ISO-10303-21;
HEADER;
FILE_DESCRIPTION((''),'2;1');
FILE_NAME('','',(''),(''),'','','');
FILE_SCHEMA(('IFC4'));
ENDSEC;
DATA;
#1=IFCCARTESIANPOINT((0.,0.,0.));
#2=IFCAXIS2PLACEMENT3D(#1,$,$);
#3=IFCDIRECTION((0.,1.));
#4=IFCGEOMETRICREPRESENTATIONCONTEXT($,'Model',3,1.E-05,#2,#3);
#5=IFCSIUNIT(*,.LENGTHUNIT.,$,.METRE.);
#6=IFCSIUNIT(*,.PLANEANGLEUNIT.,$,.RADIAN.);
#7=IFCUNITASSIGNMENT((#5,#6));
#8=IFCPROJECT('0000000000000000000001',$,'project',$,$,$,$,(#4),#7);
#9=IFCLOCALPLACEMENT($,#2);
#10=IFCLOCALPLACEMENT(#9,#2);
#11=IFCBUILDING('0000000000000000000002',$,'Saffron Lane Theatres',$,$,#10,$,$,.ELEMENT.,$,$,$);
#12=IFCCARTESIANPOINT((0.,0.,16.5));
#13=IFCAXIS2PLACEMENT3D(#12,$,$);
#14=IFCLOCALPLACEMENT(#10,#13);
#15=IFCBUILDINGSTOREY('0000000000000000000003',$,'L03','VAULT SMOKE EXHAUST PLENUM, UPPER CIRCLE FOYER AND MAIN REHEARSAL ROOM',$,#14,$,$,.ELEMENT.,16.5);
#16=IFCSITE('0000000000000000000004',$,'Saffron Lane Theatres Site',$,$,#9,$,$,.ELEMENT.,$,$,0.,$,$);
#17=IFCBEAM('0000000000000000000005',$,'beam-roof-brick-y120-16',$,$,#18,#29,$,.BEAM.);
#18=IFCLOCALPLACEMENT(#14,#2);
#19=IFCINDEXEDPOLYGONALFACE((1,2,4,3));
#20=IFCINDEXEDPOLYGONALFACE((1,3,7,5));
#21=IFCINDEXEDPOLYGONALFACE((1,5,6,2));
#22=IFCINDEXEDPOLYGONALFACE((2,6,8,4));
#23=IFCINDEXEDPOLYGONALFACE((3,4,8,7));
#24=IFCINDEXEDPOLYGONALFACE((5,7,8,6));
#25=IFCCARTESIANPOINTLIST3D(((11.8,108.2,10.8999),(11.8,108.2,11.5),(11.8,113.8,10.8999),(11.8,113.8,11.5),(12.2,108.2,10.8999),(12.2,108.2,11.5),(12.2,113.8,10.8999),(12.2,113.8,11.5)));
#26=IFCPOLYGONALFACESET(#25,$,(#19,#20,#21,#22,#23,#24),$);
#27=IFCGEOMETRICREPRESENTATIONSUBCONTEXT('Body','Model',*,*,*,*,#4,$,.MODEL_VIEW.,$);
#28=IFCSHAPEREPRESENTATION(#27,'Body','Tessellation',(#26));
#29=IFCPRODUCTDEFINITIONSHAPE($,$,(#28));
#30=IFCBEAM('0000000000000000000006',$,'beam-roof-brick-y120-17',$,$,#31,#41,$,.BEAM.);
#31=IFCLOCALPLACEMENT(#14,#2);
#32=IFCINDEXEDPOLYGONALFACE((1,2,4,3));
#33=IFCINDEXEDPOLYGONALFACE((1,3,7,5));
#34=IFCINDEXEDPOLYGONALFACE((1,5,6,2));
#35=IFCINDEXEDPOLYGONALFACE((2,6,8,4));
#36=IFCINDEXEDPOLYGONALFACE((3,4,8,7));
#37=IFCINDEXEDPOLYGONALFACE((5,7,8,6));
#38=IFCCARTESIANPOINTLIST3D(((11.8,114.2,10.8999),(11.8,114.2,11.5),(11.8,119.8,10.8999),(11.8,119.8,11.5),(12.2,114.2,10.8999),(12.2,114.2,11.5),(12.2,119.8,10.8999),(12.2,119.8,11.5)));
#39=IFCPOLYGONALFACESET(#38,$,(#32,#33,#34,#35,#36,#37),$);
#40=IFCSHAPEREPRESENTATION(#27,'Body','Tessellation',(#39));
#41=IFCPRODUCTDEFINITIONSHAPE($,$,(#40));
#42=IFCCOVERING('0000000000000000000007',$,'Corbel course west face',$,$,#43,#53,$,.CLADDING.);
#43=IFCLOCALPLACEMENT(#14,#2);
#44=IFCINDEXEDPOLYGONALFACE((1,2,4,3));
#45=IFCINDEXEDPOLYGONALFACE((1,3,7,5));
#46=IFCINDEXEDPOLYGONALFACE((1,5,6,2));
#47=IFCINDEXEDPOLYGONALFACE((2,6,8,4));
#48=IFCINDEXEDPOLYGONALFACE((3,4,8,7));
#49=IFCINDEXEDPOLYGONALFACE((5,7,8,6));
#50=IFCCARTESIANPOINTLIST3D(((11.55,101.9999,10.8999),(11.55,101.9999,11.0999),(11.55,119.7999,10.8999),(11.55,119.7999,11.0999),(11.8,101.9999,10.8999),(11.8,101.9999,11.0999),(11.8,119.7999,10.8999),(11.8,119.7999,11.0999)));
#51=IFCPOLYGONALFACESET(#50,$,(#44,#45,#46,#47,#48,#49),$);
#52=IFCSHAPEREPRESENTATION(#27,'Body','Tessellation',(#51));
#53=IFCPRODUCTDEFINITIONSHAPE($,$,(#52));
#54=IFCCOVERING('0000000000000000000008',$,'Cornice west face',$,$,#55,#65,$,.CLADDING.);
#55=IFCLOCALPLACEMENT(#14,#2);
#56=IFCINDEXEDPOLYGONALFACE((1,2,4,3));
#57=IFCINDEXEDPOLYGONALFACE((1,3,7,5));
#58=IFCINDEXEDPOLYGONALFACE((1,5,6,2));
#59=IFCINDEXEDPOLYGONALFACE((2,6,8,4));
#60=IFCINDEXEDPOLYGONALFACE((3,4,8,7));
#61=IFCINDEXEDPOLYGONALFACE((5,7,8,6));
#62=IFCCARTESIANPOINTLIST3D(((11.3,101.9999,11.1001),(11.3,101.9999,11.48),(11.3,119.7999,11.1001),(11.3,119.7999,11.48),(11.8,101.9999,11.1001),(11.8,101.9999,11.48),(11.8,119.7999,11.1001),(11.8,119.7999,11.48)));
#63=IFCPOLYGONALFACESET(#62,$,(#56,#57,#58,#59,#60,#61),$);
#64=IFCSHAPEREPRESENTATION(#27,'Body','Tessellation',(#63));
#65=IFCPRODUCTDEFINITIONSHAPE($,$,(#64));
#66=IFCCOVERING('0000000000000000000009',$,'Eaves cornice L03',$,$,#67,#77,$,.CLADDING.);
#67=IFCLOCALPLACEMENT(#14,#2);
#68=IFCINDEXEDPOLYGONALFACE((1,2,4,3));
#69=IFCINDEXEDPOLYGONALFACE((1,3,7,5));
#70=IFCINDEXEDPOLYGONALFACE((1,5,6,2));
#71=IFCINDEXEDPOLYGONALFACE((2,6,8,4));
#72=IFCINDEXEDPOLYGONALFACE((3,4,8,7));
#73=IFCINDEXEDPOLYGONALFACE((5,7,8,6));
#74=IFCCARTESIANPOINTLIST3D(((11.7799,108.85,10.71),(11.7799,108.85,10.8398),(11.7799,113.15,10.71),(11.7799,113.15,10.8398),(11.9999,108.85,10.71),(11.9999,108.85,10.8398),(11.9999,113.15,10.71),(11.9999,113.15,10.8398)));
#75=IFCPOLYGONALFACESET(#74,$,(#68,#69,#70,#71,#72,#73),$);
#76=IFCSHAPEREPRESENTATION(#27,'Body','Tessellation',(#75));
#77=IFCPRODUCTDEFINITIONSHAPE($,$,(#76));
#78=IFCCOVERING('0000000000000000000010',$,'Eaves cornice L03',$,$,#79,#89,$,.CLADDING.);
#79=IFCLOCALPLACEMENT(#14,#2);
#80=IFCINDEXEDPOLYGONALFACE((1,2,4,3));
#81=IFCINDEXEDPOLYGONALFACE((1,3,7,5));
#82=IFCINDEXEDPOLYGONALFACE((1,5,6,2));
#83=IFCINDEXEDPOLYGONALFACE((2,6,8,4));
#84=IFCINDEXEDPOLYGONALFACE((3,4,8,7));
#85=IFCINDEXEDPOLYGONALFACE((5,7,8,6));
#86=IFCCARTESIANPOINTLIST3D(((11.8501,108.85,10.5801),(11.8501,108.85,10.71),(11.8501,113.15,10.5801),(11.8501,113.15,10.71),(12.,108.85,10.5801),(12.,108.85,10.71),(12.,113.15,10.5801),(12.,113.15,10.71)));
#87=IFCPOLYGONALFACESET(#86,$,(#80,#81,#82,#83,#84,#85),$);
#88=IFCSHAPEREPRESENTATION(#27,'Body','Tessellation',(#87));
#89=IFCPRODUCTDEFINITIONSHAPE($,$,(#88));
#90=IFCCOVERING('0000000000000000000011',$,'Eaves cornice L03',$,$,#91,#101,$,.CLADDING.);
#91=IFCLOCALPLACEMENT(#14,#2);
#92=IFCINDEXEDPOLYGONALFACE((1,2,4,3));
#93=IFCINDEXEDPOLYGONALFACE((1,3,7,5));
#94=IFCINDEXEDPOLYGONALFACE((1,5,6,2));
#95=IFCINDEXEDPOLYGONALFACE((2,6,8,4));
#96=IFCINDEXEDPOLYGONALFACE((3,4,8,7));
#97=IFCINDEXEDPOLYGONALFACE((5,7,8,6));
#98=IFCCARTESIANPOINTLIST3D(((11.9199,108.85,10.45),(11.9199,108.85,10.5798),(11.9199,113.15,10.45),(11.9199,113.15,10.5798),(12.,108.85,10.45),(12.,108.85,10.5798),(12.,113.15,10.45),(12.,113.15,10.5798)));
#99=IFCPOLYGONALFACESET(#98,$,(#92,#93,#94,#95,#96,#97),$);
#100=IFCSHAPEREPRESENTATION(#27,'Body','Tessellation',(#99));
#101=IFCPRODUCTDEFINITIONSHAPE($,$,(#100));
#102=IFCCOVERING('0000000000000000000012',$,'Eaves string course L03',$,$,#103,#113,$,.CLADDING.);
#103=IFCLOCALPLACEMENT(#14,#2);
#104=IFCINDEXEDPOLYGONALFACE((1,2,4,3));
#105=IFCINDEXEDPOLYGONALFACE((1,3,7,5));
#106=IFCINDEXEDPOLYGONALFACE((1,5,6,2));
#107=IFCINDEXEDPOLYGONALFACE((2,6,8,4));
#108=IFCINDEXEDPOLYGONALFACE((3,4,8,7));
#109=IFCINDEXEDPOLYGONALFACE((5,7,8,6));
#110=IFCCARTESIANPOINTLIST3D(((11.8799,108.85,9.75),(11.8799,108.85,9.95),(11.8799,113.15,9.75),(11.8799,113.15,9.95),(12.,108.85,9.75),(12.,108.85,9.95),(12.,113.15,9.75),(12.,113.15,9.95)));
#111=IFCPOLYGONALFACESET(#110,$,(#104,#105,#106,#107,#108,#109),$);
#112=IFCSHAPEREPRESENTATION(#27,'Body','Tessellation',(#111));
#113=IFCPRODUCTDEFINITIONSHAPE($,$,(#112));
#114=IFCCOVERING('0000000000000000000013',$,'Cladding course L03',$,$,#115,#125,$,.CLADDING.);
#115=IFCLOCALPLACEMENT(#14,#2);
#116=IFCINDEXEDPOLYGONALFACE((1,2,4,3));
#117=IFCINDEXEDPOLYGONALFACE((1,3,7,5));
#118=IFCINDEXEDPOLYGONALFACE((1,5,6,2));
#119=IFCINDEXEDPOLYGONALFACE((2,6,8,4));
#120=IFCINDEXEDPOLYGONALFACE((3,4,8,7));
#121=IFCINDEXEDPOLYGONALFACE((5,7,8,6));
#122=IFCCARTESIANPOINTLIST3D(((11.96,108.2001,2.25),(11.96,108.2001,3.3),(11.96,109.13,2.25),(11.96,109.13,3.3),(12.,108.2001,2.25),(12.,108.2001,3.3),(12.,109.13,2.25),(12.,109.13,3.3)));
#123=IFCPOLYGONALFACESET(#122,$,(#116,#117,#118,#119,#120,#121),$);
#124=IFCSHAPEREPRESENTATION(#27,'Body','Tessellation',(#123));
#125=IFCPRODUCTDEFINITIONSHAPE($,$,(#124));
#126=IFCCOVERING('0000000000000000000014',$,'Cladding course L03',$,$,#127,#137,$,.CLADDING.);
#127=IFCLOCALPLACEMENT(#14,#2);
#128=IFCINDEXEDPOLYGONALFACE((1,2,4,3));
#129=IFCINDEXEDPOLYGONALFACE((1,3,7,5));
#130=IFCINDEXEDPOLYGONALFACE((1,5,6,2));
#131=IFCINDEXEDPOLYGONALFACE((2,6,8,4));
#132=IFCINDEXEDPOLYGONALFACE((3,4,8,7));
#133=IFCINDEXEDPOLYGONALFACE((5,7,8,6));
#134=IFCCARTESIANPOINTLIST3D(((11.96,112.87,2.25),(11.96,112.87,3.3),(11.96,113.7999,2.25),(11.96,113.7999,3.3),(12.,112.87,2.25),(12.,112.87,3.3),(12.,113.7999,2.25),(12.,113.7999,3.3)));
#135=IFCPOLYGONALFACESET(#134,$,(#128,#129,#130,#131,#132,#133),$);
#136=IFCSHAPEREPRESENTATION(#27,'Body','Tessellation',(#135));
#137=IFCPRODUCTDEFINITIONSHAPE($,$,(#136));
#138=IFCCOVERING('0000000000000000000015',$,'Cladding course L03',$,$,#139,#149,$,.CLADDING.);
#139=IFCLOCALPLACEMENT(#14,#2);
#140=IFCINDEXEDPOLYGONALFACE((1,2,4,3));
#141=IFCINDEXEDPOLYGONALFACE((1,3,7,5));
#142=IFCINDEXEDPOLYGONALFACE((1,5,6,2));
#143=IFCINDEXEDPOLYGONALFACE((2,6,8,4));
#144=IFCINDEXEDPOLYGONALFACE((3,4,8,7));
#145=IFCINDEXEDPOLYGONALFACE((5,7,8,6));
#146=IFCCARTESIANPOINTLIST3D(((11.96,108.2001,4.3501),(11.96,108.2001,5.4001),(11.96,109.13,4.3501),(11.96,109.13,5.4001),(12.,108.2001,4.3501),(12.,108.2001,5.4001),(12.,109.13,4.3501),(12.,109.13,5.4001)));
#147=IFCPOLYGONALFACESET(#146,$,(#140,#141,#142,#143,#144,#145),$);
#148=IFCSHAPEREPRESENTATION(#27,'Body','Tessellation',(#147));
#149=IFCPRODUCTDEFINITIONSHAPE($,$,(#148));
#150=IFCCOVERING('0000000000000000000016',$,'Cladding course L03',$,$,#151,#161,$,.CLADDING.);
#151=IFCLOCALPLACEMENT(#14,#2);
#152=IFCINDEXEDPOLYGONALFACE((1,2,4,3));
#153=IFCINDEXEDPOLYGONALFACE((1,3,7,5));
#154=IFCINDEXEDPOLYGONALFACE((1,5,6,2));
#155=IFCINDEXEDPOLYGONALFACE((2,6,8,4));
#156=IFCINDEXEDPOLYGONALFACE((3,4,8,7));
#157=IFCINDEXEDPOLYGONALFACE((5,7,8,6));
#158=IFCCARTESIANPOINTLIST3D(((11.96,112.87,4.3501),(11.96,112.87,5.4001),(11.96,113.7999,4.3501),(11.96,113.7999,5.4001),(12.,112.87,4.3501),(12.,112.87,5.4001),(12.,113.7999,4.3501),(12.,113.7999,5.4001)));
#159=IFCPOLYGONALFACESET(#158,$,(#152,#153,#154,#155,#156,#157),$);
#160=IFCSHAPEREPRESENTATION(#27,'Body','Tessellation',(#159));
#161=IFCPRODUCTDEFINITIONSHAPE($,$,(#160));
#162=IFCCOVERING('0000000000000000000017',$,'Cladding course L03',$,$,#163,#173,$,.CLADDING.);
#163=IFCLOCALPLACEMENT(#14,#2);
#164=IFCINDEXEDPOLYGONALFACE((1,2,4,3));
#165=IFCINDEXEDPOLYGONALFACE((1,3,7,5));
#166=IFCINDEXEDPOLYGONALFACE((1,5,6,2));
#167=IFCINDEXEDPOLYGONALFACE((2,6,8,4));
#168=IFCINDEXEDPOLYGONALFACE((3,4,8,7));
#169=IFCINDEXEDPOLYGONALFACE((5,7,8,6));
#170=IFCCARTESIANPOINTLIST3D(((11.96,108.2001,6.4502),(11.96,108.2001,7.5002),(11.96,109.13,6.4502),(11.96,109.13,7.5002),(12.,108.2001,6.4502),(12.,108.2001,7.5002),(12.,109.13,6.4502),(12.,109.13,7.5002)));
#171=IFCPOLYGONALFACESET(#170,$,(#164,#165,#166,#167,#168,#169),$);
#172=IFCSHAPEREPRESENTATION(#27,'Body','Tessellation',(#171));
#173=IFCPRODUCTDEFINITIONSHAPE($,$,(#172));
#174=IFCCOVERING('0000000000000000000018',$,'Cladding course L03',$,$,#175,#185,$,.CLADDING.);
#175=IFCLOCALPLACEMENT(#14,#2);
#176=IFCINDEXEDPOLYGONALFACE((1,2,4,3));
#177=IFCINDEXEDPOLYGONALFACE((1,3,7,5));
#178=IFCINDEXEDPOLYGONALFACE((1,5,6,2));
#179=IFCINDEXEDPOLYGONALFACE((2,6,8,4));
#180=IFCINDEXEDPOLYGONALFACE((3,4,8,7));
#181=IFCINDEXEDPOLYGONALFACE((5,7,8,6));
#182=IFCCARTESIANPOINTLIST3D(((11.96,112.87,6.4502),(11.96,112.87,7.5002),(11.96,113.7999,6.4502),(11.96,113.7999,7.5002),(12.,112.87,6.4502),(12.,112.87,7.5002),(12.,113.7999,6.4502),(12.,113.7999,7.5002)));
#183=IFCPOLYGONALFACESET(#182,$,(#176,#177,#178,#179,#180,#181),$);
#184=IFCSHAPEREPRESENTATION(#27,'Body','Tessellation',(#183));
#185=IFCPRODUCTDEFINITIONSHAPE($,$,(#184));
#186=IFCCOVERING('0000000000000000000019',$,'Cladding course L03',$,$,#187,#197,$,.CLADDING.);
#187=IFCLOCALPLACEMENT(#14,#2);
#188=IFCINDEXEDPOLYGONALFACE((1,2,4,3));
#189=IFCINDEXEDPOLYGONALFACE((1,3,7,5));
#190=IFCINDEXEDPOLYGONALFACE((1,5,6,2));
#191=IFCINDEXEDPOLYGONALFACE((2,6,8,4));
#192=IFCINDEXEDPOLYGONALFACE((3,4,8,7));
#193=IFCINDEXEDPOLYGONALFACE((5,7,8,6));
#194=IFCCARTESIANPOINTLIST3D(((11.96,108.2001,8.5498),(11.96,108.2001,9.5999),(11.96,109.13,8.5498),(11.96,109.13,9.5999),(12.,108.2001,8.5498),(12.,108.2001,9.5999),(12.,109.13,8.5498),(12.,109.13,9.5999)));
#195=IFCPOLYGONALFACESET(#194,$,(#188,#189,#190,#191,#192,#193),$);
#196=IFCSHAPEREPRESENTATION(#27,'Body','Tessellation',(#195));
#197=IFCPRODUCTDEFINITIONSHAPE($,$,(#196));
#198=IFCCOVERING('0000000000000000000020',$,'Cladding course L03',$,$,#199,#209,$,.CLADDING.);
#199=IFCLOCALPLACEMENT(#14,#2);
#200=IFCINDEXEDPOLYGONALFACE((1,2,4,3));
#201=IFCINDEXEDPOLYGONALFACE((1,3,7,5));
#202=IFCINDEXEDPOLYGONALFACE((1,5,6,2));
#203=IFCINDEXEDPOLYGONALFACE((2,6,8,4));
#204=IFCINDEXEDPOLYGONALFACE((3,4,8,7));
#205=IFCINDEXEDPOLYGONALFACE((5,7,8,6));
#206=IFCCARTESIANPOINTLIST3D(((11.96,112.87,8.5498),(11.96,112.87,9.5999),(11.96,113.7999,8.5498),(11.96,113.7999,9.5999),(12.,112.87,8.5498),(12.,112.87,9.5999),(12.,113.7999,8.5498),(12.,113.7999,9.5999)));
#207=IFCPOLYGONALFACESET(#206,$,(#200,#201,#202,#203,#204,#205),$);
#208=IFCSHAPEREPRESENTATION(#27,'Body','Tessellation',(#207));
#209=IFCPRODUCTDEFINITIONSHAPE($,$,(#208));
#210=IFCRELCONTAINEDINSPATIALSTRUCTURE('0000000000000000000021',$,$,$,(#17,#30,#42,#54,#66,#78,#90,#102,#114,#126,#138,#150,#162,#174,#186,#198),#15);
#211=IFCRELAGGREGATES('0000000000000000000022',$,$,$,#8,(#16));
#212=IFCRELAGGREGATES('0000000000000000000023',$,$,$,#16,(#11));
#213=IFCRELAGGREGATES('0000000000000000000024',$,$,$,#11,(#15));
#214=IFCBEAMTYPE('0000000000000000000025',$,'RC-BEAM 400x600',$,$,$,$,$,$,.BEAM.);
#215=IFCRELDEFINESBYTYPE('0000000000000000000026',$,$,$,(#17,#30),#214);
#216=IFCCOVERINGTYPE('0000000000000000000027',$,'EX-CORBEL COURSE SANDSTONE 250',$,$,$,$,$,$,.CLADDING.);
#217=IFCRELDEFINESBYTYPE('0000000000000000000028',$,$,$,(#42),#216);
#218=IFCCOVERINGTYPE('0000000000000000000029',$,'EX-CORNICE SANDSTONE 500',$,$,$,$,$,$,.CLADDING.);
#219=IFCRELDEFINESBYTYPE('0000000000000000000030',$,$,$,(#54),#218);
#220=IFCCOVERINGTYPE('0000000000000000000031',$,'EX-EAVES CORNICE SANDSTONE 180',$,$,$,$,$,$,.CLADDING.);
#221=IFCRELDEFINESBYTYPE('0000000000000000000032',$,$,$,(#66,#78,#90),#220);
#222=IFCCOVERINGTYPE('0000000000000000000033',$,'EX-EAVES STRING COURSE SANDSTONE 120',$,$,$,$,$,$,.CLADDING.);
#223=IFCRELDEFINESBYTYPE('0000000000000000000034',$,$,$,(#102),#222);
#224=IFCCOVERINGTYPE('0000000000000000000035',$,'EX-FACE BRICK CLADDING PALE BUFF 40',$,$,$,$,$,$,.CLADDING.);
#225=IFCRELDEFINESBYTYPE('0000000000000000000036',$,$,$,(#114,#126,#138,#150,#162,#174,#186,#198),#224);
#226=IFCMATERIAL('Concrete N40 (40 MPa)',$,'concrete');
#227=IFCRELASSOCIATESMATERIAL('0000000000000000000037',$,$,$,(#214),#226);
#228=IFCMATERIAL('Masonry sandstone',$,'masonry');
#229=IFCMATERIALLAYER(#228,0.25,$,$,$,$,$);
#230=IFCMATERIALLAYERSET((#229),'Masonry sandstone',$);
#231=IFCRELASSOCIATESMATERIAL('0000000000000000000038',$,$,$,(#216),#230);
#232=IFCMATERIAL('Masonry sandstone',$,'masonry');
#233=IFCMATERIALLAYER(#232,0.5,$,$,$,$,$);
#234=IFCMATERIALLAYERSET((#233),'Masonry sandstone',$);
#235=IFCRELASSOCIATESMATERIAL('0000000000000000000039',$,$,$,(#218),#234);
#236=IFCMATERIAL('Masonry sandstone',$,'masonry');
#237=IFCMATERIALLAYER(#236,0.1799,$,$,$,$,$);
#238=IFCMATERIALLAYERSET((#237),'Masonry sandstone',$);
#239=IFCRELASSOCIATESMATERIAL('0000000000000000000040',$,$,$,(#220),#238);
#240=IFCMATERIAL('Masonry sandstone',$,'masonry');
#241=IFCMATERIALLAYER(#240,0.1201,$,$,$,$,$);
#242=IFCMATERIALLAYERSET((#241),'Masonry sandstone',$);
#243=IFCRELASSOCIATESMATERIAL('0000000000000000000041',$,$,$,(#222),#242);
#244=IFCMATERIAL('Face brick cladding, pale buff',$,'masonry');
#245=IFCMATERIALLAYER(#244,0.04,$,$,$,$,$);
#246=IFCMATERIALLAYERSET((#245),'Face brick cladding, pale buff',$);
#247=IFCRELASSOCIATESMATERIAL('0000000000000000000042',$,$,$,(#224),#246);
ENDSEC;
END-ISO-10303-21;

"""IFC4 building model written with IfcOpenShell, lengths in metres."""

from ifc_helpers import new_model, si_unit, direction, frame, origin, origin_2d, place, context, subcontext, project, spatial, rectangle, extrude, material, layer, layer_set, material_profile, profile_set, type_object, element, save


model = new_model("IFC4")

# Units and contexts
model_context = context("Model", 3, precision=1e-05, world=origin(), true_north=direction((0.0, 1.0)))
body_context = subcontext(model_context, "Body", "Model", "MODEL_VIEW")
ifc_project = project(units=[si_unit("LENGTHUNIT", "METRE"), si_unit("PLANEANGLEUNIT", "RADIAN")], contexts=[model_context])

# Site, building, storey
site_placement = place(None, origin())
site = spatial("IfcSite", under=ifc_project, at=site_placement, Name="Saffron Lane Theatres Site", CompositionType="ELEMENT", RefElevation=0.0)
building_placement = place(site_placement, origin())
building = spatial("IfcBuilding", under=site, at=building_placement, Name="Saffron Lane Theatres", CompositionType="ELEMENT")
storey_placement = place(building_placement, frame((0.0, 0.0, 16.5)))
storey = spatial("IfcBuildingStorey", under=building, at=storey_placement, Name="L03", Description="VAULT SMOKE EXHAUST PLENUM, UPPER CIRCLE FOYER AND MAIN REHEARSAL ROOM", CompositionType="ELEMENT", Elevation=16.5)

# Beams
ifc_material_1 = material(Name="Concrete N40 (40 MPa)", Category="concrete")
ifc_material_profile = material_profile(ifc_material_1, rectangle(XDim=0.3999, YDim=0.6001, at=origin_2d()))
ifc_profile_set = profile_set([ifc_material_profile], Name="Concrete N40 (40 MPa)")
beam_type = type_object("IfcBeamType", Name="RC-BEAM 400x600", PredefinedType="BEAM", material=ifc_profile_set)
for number, where, z_axis, x_axis, name in (
    (1, (12.0, 108.2, 11.2), (0.0, 1.0, 0.0), (-1.0, 0.0, 0.0), "beam-roof-brick-y120-16"),
    (2, (12.0, 114.2, 11.2), (0.0, 1.0, 0.0), (-1.0, 0.0, 0.0), "beam-roof-brick-y120-17"),
):
    element("IfcBeam", number, at=place(storey_placement, frame(where, z_axis=z_axis, x_axis=x_axis)), inside=storey, type_object=beam_type, Name=name, PredefinedType="BEAM", context=body_context, shape_type="SweptSolid", body=[
        extrude(rectangle(XDim=0.3999, YDim=0.6001, at=origin_2d()), origin(), (0.0, 0.0, 1.0), 5.6001),
    ])

# Coverings
ifc_material_2 = material(Name="Masonry sandstone", Category="masonry")
ifc_layer_1 = layer(ifc_material_2, 0.25)
ifc_layer_set_1 = layer_set([ifc_layer_1], Name="Masonry sandstone")
covering_type_1 = type_object("IfcCoveringType", Name="EX-CORBEL COURSE SANDSTONE 250", PredefinedType="CLADDING", material=ifc_layer_set_1)
covering_1_placement = place(storey_placement, frame((11.675, 110.8999, 10.8999), z_axis=(0.0, 0.0, 1.0), x_axis=(0.0, 1.0, 0.0)))
element("IfcCovering", 3, at=covering_1_placement, inside=storey, type_object=covering_type_1, Name="Corbel course west face", PredefinedType="CLADDING", context=body_context, shape_type="SweptSolid", body=[
    extrude(rectangle(XDim=17.8, YDim=0.25, at=origin_2d()), origin(), (0.0, 0.0, 1.0), 0.2),
])
ifc_material_3 = material(Name="Masonry sandstone", Category="masonry")
ifc_layer_2 = layer(ifc_material_3, 0.5)
ifc_layer_set_2 = layer_set([ifc_layer_2], Name="Masonry sandstone")
covering_type_2 = type_object("IfcCoveringType", Name="EX-CORNICE SANDSTONE 500", PredefinedType="CLADDING", material=ifc_layer_set_2)
covering_2_placement = place(storey_placement, frame((11.55, 110.8999, 11.1001), z_axis=(0.0, 0.0, 1.0), x_axis=(0.0, 1.0, 0.0)))
element("IfcCovering", 4, at=covering_2_placement, inside=storey, type_object=covering_type_2, Name="Cornice west face", PredefinedType="CLADDING", context=body_context, shape_type="SweptSolid", body=[
    extrude(rectangle(XDim=17.8, YDim=0.5, at=origin_2d()), origin(), (0.0, 0.0, 1.0), 0.3799),
])
ifc_material_4 = material(Name="Masonry sandstone", Category="masonry")
ifc_layer_3 = layer(ifc_material_4, 0.1799)
ifc_layer_set_3 = layer_set([ifc_layer_3], Name="Masonry sandstone")
covering_type_3 = type_object("IfcCoveringType", Name="EX-EAVES CORNICE SANDSTONE 180", PredefinedType="CLADDING", material=ifc_layer_set_3)
covering_3_placement = place(storey_placement, frame((11.8899, 111.0, 10.71), z_axis=(0.0, 0.0, 1.0), x_axis=(0.0, 1.0, 0.0)))
element("IfcCovering", 5, at=covering_3_placement, inside=storey, type_object=covering_type_3, Name="Eaves cornice L03", PredefinedType="CLADDING", context=body_context, shape_type="SweptSolid", body=[
    extrude(rectangle(XDim=4.3, YDim=0.22, at=origin_2d()), origin(), (0.0, 0.0, 1.0), 0.1299),
])
covering_4_placement = place(storey_placement, frame((11.925, 111.0, 10.5801), z_axis=(0.0, 0.0, 1.0), x_axis=(0.0, 1.0, 0.0)))
element("IfcCovering", 6, at=covering_4_placement, inside=storey, type_object=covering_type_3, Name="Eaves cornice L03", PredefinedType="CLADDING", context=body_context, shape_type="SweptSolid", body=[
    extrude(rectangle(XDim=4.3, YDim=0.1499, at=origin_2d()), origin(), (0.0, 0.0, 1.0), 0.1299),
])
covering_5_placement = place(storey_placement, frame((11.96, 111.0, 10.45), z_axis=(0.0, 0.0, 1.0), x_axis=(0.0, 1.0, 0.0)))
element("IfcCovering", 7, at=covering_5_placement, inside=storey, type_object=covering_type_3, Name="Eaves cornice L03", PredefinedType="CLADDING", context=body_context, shape_type="SweptSolid", body=[
    extrude(rectangle(XDim=4.3, YDim=0.0801, at=origin_2d()), origin(), (0.0, 0.0, 1.0), 0.1299),
])
ifc_material_5 = material(Name="Masonry sandstone", Category="masonry")
ifc_layer_4 = layer(ifc_material_5, 0.1201)
ifc_layer_set_4 = layer_set([ifc_layer_4], Name="Masonry sandstone")
covering_type_4 = type_object("IfcCoveringType", Name="EX-EAVES STRING COURSE SANDSTONE 120", PredefinedType="CLADDING", material=ifc_layer_set_4)
covering_6_placement = place(storey_placement, frame((11.9399, 111.0, 9.75), z_axis=(0.0, 0.0, 1.0), x_axis=(0.0, 1.0, 0.0)))
element("IfcCovering", 8, at=covering_6_placement, inside=storey, type_object=covering_type_4, Name="Eaves string course L03", PredefinedType="CLADDING", context=body_context, shape_type="SweptSolid", body=[
    extrude(rectangle(XDim=4.3, YDim=0.1201, at=origin_2d()), origin(), (0.0, 0.0, 1.0), 0.2),
])
ifc_material_6 = material(Name="Face brick cladding, pale buff", Category="masonry")
ifc_layer_5 = layer(ifc_material_6, 0.04)
ifc_layer_set_5 = layer_set([ifc_layer_5], Name="Face brick cladding, pale buff")
covering_type_5 = type_object("IfcCoveringType", Name="EX-FACE BRICK CLADDING PALE BUFF 40", PredefinedType="CLADDING", material=ifc_layer_set_5)
for number, where, z_axis, x_axis, name in (
    (9, (11.98, 108.665, 2.25), (0.0, 0.0, 1.0), (0.0, 1.0, 0.0), "Cladding course L03"),
    (10, (11.98, 113.335, 2.25), (0.0, 0.0, 1.0), (0.0, 1.0, 0.0), "Cladding course L03"),
    (11, (11.98, 108.665, 4.3501), (0.0, 0.0, 1.0), (0.0, 1.0, 0.0), "Cladding course L03"),
    (12, (11.98, 113.335, 4.3501), (0.0, 0.0, 1.0), (0.0, 1.0, 0.0), "Cladding course L03"),
    (13, (11.98, 108.665, 6.4502), (0.0, 0.0, 1.0), (0.0, 1.0, 0.0), "Cladding course L03"),
    (14, (11.98, 113.335, 6.4502), (0.0, 0.0, 1.0), (0.0, 1.0, 0.0), "Cladding course L03"),
    (15, (11.98, 108.665, 8.5498), (0.0, 0.0, 1.0), (0.0, 1.0, 0.0), "Cladding course L03"),
    (16, (11.98, 113.335, 8.5498), (0.0, 0.0, 1.0), (0.0, 1.0, 0.0), "Cladding course L03"),
):
    element("IfcCovering", number, at=place(storey_placement, frame(where, z_axis=z_axis, x_axis=x_axis)), inside=storey, type_object=covering_type_5, Name=name, PredefinedType="CLADDING", context=body_context, shape_type="SweptSolid", body=[
        extrude(rectangle(XDim=0.9299, YDim=0.04, at=origin_2d()), origin(), (0.0, 0.0, 1.0), 1.05),
    ])

save(model, "model.ifc")
